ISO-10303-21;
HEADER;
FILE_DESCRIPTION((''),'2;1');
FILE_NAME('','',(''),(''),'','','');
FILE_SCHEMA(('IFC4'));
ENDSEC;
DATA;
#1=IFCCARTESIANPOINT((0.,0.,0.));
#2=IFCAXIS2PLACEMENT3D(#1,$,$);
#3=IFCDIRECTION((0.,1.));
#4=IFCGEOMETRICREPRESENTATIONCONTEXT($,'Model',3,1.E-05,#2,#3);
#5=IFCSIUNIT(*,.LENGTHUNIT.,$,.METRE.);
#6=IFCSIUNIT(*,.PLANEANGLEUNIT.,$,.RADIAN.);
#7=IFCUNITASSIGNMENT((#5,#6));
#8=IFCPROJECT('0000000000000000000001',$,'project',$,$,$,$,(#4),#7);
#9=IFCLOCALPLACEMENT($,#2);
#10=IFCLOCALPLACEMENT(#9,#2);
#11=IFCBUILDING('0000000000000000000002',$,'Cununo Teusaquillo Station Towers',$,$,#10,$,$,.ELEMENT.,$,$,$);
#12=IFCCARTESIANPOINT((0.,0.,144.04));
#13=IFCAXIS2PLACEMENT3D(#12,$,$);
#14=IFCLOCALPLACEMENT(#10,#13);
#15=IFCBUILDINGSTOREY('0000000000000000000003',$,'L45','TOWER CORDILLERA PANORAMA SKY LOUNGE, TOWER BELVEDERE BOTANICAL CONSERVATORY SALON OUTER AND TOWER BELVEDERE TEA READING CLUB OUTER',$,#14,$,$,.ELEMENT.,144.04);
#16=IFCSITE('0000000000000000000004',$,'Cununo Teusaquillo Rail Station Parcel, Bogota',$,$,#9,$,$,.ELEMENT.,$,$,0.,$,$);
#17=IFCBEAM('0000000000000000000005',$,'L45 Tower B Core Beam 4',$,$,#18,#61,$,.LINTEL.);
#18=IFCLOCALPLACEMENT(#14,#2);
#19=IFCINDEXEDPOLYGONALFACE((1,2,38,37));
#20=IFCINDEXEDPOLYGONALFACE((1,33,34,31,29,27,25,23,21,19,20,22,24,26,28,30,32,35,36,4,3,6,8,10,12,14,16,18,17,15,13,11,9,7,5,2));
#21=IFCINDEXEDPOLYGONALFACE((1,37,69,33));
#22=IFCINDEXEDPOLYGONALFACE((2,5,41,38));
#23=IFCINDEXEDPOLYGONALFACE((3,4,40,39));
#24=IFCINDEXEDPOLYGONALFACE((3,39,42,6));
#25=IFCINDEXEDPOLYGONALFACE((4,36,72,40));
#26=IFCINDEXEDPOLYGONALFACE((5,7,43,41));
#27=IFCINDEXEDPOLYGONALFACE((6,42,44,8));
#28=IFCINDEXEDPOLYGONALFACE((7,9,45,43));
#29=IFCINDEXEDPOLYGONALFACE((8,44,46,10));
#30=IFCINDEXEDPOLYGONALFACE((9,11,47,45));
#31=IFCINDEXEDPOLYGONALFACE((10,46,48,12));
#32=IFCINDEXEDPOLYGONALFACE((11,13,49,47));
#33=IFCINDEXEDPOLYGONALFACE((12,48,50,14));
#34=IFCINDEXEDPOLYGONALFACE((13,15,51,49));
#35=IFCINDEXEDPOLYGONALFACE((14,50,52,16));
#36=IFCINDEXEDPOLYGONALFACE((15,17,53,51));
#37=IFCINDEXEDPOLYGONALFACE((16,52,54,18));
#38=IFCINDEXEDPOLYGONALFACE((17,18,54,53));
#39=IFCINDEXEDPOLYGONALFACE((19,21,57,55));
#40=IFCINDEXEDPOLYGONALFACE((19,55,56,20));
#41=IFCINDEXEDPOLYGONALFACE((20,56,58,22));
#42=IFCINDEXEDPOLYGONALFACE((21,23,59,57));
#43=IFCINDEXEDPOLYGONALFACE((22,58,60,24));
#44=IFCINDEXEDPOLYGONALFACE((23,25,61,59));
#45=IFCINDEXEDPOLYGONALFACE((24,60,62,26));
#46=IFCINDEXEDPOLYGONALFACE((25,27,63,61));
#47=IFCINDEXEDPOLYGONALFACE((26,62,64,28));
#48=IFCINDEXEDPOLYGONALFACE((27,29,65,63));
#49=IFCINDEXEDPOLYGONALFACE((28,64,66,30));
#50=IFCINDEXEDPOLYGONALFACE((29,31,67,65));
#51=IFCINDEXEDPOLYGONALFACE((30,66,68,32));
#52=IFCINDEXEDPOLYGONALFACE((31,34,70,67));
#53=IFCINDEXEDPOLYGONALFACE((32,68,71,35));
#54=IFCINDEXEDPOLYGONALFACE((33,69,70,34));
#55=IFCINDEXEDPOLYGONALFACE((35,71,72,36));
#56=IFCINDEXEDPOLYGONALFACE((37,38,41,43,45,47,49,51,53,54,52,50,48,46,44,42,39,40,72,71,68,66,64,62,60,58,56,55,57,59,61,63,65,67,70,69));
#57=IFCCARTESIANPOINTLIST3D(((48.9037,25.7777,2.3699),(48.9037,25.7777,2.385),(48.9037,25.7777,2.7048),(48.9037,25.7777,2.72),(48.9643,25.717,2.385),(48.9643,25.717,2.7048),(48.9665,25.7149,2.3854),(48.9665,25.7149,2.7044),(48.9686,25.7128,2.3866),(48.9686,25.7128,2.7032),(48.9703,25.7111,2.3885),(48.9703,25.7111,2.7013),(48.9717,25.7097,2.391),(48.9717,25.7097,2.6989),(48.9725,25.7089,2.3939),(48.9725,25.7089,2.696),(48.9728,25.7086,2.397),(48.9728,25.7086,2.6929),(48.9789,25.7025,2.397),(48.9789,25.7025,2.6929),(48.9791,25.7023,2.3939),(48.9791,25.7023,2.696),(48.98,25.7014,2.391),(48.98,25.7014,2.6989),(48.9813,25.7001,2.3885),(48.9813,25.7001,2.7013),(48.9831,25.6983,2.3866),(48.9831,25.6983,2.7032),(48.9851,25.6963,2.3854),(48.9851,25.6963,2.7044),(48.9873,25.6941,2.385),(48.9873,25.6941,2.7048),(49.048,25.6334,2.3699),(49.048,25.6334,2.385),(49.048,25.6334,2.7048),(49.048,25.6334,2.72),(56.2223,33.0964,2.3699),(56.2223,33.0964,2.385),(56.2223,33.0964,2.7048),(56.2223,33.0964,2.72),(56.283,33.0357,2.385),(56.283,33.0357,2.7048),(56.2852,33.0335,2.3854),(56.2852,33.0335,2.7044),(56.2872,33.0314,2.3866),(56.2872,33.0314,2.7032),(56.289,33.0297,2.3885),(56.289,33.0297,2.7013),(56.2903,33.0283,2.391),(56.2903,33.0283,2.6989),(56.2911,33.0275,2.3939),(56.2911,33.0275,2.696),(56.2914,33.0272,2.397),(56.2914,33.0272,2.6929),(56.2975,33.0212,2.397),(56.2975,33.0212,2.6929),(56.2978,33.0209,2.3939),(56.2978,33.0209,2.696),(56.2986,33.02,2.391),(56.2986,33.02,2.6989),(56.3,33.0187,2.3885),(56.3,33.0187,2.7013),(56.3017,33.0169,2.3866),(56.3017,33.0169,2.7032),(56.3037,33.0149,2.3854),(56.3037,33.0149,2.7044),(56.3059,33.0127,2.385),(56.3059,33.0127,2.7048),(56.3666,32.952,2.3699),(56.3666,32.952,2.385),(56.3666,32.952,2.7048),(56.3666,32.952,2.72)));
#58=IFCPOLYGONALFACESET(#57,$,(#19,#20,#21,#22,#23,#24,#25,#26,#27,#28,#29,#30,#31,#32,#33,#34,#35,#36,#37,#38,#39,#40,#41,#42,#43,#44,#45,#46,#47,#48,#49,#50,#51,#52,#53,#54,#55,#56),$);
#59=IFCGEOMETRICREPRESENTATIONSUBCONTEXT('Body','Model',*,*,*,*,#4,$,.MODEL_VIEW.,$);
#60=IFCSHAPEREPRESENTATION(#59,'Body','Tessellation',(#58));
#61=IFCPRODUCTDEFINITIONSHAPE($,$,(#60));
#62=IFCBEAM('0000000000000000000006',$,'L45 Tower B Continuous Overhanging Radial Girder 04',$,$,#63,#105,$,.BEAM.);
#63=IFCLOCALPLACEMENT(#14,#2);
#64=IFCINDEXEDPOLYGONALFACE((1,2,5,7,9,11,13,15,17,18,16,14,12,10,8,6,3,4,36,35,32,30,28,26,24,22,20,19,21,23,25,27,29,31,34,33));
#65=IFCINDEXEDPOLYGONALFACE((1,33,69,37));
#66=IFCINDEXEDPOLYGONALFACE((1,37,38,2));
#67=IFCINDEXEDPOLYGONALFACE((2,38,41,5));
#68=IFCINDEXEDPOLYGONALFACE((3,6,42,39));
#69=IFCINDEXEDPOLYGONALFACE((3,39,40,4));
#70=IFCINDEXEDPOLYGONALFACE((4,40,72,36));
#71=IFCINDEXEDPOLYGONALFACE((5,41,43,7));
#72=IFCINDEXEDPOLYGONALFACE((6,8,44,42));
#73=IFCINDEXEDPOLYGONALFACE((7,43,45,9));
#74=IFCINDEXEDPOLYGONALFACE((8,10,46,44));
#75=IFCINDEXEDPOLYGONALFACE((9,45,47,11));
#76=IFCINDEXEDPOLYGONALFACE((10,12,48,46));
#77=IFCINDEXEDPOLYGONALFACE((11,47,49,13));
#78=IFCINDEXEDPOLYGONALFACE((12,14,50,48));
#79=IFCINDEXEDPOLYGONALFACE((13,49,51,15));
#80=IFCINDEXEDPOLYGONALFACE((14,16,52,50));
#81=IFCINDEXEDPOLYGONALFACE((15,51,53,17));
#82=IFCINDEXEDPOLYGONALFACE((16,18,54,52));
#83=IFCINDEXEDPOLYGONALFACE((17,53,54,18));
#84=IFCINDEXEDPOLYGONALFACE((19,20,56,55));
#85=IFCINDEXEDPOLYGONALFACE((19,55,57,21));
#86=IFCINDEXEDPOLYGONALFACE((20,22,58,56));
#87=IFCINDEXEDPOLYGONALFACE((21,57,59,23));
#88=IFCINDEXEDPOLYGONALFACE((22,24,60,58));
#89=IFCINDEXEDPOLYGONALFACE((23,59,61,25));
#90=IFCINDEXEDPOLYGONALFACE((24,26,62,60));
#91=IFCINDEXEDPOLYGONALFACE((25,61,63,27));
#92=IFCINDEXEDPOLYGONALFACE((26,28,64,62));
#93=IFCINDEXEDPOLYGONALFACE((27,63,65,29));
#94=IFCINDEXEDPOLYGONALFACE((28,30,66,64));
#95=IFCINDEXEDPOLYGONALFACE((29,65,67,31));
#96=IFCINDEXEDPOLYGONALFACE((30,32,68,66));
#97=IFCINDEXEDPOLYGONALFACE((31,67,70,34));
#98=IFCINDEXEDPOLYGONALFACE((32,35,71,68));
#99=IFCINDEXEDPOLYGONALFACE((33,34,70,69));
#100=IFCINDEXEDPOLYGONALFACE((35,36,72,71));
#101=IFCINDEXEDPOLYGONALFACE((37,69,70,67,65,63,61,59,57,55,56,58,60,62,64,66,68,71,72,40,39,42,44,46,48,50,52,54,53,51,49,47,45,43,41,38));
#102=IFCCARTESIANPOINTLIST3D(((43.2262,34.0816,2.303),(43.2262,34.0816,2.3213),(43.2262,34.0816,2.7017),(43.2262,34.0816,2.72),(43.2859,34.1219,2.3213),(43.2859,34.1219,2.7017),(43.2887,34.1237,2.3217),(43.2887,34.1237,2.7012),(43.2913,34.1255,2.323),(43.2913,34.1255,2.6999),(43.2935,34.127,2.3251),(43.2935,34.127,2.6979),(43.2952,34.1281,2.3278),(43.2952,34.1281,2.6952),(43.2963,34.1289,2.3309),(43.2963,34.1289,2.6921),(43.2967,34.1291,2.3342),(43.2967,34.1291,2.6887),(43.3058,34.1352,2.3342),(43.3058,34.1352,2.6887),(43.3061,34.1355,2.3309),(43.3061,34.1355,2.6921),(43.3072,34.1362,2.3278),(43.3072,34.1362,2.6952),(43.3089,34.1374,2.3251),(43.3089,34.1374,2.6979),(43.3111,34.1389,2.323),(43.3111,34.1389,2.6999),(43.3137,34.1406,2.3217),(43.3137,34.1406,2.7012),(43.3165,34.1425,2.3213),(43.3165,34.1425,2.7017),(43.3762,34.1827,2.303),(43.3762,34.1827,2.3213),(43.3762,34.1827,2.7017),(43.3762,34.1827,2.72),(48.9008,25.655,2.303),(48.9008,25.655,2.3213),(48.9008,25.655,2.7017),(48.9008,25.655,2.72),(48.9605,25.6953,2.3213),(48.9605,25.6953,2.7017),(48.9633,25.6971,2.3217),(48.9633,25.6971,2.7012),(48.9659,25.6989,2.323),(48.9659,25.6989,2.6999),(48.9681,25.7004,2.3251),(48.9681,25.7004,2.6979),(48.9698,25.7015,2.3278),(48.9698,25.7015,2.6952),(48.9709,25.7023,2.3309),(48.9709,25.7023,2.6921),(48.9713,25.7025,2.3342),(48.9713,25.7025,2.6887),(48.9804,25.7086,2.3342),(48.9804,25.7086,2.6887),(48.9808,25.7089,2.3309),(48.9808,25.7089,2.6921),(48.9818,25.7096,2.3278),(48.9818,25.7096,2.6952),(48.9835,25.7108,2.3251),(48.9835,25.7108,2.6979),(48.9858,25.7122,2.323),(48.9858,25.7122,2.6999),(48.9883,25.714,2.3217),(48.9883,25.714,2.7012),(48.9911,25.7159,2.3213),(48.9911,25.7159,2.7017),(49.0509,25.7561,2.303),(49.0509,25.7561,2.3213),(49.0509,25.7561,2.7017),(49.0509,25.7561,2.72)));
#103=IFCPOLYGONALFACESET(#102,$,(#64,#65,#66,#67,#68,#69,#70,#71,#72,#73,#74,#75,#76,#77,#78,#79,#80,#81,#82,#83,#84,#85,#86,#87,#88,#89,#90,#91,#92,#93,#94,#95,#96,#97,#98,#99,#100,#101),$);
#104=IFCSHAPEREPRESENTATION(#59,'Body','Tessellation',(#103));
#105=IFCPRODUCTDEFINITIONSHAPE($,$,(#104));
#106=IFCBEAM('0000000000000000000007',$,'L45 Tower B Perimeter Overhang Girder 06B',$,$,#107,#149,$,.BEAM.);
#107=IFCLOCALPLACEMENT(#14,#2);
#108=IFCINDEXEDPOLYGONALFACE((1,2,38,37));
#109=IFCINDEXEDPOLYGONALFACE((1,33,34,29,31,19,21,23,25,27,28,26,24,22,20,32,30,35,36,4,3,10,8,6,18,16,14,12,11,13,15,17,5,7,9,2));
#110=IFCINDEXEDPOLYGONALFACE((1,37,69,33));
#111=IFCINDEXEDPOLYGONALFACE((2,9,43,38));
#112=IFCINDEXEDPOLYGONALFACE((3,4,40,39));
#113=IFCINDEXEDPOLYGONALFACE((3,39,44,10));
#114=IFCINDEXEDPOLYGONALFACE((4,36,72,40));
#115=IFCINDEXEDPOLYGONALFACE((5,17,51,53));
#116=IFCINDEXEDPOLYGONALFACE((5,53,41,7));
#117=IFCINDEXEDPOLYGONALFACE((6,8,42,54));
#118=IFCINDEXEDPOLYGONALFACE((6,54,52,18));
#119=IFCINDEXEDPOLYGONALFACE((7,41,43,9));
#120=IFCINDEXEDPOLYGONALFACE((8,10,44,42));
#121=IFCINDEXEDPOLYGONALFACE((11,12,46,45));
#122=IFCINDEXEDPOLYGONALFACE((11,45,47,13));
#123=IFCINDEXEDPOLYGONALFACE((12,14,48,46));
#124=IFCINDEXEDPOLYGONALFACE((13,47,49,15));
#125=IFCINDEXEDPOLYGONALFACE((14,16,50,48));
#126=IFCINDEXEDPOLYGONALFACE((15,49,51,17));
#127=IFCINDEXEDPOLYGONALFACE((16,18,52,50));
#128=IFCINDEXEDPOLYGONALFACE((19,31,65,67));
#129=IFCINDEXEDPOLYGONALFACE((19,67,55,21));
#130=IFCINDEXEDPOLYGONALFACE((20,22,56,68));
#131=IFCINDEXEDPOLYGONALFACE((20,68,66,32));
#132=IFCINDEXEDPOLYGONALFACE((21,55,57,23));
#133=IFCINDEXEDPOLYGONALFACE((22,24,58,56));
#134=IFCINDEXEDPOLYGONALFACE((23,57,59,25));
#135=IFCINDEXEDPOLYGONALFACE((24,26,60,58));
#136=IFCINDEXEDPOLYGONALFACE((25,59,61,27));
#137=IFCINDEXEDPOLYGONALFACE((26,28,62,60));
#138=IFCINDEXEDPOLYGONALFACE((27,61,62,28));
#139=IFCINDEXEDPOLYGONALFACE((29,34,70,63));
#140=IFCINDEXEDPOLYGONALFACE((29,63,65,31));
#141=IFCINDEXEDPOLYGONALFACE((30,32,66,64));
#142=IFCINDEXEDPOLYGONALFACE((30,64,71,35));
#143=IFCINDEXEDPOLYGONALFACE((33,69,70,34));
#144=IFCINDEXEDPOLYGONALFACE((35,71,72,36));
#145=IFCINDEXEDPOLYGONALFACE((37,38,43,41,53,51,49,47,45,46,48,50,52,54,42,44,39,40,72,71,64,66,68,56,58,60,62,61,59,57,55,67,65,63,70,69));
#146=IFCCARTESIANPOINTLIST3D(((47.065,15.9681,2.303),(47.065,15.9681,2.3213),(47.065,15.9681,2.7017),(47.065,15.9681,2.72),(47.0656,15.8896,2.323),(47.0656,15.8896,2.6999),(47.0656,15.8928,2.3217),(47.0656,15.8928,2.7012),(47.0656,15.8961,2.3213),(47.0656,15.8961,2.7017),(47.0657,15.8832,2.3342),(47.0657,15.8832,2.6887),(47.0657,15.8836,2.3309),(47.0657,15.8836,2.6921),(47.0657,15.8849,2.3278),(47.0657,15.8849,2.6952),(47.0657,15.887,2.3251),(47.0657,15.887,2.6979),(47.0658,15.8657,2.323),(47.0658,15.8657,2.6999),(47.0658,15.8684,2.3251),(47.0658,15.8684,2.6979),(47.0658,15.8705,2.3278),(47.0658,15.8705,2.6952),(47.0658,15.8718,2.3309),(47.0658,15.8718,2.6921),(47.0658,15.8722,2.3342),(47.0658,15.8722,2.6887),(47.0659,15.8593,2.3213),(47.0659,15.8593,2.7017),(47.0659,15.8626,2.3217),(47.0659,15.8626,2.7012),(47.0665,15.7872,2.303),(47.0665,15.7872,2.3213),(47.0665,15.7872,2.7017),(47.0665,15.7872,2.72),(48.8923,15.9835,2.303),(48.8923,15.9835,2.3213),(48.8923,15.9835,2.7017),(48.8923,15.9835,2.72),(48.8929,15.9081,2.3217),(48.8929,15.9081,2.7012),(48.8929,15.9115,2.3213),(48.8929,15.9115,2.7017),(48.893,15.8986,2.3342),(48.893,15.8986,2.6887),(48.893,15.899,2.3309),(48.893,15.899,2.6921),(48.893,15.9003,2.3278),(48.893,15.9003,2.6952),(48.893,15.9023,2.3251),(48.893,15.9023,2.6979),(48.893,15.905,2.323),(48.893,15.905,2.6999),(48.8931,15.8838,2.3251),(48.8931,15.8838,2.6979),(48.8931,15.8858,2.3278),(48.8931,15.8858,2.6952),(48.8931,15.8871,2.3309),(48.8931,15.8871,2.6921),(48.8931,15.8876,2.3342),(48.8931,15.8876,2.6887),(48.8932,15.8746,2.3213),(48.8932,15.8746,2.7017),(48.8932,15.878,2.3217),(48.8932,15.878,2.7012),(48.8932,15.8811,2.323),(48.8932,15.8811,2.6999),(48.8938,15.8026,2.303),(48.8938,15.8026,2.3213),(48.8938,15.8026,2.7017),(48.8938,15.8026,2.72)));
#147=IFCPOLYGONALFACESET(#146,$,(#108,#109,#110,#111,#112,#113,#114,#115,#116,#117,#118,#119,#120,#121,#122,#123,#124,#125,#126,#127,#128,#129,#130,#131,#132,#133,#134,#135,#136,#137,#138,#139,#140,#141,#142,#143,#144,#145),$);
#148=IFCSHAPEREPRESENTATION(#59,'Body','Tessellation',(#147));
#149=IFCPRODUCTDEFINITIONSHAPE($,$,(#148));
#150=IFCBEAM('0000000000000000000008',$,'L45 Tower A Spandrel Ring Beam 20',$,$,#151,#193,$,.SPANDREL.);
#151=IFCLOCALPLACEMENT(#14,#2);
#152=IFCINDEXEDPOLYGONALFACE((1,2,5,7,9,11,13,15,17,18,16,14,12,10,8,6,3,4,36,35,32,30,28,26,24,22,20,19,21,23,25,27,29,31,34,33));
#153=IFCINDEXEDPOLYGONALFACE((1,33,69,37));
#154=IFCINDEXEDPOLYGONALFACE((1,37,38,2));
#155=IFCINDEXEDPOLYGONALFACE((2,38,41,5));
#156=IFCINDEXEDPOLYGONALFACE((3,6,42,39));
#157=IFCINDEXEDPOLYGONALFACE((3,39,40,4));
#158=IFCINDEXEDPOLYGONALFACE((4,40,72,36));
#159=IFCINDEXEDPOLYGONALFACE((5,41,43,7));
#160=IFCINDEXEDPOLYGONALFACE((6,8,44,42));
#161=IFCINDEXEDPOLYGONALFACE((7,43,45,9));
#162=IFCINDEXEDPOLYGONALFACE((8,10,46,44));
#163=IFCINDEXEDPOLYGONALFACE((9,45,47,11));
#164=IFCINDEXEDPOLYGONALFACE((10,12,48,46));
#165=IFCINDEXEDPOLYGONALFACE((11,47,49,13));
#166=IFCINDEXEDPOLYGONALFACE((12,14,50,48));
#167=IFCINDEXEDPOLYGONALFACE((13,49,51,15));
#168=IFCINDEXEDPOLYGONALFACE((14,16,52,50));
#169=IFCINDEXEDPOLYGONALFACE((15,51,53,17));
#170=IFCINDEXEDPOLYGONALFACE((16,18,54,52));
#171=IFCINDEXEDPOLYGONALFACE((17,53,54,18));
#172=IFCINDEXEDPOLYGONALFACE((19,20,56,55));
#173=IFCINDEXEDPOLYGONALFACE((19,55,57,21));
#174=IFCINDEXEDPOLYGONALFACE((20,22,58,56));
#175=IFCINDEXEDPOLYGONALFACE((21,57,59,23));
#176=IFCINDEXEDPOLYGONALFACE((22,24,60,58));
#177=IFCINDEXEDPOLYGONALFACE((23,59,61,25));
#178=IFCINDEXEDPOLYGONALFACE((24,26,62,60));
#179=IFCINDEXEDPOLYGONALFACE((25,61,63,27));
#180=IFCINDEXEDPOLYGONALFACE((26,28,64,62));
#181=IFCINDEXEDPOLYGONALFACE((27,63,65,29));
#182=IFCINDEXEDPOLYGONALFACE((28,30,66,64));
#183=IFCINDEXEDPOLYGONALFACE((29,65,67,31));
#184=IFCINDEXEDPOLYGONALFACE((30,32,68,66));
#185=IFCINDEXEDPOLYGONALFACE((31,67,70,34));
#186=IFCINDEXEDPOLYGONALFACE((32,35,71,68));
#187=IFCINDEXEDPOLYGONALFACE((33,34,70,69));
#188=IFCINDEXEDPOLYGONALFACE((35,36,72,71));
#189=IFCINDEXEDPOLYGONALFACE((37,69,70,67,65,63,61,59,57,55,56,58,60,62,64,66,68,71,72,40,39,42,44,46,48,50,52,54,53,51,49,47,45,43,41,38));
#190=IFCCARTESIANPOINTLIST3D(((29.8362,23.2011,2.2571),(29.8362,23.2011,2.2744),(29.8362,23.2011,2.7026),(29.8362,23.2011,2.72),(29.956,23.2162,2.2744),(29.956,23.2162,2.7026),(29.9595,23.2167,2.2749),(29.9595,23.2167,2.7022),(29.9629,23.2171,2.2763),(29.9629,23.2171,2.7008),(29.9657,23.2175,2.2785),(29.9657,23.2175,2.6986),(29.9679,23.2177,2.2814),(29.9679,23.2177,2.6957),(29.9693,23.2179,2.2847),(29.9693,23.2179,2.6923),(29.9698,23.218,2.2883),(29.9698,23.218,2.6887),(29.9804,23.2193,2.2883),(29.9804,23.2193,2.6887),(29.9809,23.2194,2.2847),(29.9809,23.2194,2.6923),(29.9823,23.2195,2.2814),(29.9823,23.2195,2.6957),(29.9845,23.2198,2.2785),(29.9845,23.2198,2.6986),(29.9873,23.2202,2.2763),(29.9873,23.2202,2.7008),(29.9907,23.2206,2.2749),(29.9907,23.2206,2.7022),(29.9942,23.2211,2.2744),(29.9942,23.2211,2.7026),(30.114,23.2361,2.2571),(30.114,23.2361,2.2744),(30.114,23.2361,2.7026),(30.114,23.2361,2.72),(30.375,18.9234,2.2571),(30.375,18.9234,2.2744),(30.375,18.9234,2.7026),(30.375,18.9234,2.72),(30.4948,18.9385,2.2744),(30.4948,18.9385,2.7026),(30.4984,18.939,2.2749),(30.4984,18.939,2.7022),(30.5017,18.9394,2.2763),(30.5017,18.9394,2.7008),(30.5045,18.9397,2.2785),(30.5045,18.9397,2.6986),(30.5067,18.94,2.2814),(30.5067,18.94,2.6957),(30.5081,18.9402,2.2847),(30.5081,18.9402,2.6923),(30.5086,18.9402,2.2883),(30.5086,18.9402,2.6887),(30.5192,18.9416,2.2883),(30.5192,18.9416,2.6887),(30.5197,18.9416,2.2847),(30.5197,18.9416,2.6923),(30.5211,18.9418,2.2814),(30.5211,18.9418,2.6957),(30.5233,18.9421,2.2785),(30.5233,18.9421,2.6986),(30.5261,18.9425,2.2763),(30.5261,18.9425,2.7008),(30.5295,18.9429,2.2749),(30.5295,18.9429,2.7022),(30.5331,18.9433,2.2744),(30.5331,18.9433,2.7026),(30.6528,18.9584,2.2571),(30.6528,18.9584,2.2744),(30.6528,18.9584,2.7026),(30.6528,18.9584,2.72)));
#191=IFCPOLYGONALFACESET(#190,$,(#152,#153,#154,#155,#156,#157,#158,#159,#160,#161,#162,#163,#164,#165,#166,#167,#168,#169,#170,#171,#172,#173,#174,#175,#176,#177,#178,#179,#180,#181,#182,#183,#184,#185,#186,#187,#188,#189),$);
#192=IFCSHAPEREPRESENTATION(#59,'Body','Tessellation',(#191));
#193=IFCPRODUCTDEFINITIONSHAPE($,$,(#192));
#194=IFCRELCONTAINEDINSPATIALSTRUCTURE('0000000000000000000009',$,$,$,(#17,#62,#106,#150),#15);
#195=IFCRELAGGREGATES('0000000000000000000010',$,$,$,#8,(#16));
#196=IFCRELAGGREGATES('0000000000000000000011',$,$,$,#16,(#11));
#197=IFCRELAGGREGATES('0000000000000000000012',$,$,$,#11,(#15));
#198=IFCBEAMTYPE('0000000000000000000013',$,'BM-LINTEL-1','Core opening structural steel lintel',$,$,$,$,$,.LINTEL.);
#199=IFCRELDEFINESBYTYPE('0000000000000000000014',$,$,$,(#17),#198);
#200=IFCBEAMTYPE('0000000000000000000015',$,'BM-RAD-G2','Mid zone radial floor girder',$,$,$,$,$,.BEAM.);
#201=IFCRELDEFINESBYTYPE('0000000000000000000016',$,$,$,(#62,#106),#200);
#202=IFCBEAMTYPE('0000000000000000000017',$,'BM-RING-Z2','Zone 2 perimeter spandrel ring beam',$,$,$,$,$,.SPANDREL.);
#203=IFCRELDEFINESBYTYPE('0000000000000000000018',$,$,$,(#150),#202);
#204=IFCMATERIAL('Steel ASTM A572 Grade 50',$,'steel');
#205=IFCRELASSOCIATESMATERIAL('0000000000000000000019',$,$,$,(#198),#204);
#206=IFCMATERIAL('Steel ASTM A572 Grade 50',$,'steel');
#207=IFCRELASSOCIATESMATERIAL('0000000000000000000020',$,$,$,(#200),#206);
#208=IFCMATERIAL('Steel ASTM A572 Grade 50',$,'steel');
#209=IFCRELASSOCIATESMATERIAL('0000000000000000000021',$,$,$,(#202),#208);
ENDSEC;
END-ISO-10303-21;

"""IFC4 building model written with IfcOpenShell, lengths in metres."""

from ifc_helpers import new_model, si_unit, direction, frame, origin, origin_2d, place, context, subcontext, project, spatial, i_section, extrude, material, material_profile, profile_set, type_object, element, save


model = new_model("IFC4")

# Units and contexts
model_context = context("Model", 3, precision=1e-05, world=origin(), true_north=direction((0.0, 1.0)))
body_context = subcontext(model_context, "Body", "Model", "MODEL_VIEW")
ifc_project = project(units=[si_unit("LENGTHUNIT", "METRE"), si_unit("PLANEANGLEUNIT", "RADIAN")], contexts=[model_context])

# Site, building, storey
site_placement = place(None, origin())
site = spatial("IfcSite", under=ifc_project, at=site_placement, Name="Cununo Teusaquillo Rail Station Parcel, Bogota", CompositionType="ELEMENT", RefElevation=0.0)
building_placement = place(site_placement, origin())
building = spatial("IfcBuilding", under=site, at=building_placement, Name="Cununo Teusaquillo Station Towers", CompositionType="ELEMENT")
storey_placement = place(building_placement, frame((0.0, 0.0, 144.04)))
storey = spatial("IfcBuildingStorey", under=building, at=storey_placement, Name="L45", Description="TOWER CORDILLERA PANORAMA SKY LOUNGE, TOWER BELVEDERE BOTANICAL CONSERVATORY SALON OUTER AND TOWER BELVEDERE TEA READING CLUB OUTER", CompositionType="ELEMENT", Elevation=144.04)

# Beams
ifc_material_1 = material(Name="Steel ASTM A572 Grade 50", Category="steel")
ifc_material_profile_1 = material_profile(ifc_material_1, i_section(OverallWidth=0.2041, OverallDepth=0.3501, WebThickness=0.0085, FlangeThickness=0.0151, FilletRadius=0.012, at=origin_2d()), Name="W14X48")
ifc_profile_set_1 = profile_set([ifc_material_profile_1], Name="Steel ASTM A572 Grade 50")
beam_type_1 = type_object("IfcBeamType", Name="BM-LINTEL-1", Description="Core opening structural steel lintel", PredefinedType="LINTEL", material=ifc_profile_set_1)
beam_1_placement = place(storey_placement, frame((48.9758, 25.7056, 2.5449), z_axis=(0.707107, 0.707107, 0.0), x_axis=(-0.707107, 0.707107, 0.0)))
element("IfcBeam", 1, at=beam_1_placement, inside=storey, type_object=beam_type_1, Name="L45 Tower B Core Beam 4", PredefinedType="LINTEL", context=body_context, shape_type="SweptSolid", body=[
    extrude(i_section(OverallWidth=0.2041, OverallDepth=0.3501, WebThickness=0.0085, FlangeThickness=0.0151, FilletRadius=0.012, at=origin_2d()), origin(), (0.0, 0.0, 1.0), 10.3501),
])
ifc_material_2 = material(Name="Steel ASTM A572 Grade 50", Category="steel")
ifc_material_profile_2 = material_profile(ifc_material_2, i_section(OverallWidth=0.1809, OverallDepth=0.417, WebThickness=0.011, FlangeThickness=0.0183, FilletRadius=0.0129, at=origin_2d()), Name="W16X57")
ifc_profile_set_2 = profile_set([ifc_material_profile_2], Name="Steel ASTM A572 Grade 50")
beam_type_2 = type_object("IfcBeamType", Name="BM-RAD-G2", Description="Mid zone radial floor girder", PredefinedType="BEAM", material=ifc_profile_set_2)
beam_2_placement = place(storey_placement, frame((48.9758, 25.7056, 2.5115), z_axis=(-0.558571, 0.829457, 0.0), x_axis=(-0.829457, -0.558571, 0.0)))
element("IfcBeam", 2, at=beam_2_placement, inside=storey, type_object=beam_type_2, Name="L45 Tower B Continuous Overhanging Radial Girder 04", PredefinedType="BEAM", context=body_context, shape_type="SweptSolid", body=[
    extrude(i_section(OverallWidth=0.1809, OverallDepth=0.417, WebThickness=0.011, FlangeThickness=0.0183, FilletRadius=0.0129, at=origin_2d()), origin(), (0.0, 0.0, 1.0), 10.1592),
])
beam_3_placement = place(storey_placement, frame((48.8931, 15.8931, 2.5115), z_axis=(-0.999965, -0.008417, 0.0), x_axis=(0.008417, -0.999965, 0.0)))
element("IfcBeam", 3, at=beam_3_placement, inside=storey, type_object=beam_type_2, Name="L45 Tower B Perimeter Overhang Girder 06B", PredefinedType="BEAM", context=body_context, shape_type="SweptSolid", body=[
    extrude(i_section(OverallWidth=0.1809, OverallDepth=0.417, WebThickness=0.011, FlangeThickness=0.0183, FilletRadius=0.0129, at=origin_2d()), origin(), (0.0, 0.0, 1.0), 1.8274),
])
ifc_material_3 = material(Name="Steel ASTM A572 Grade 50", Category="steel")
ifc_material_profile_3 = material_profile(ifc_material_3, i_section(OverallWidth=0.28, OverallDepth=0.4629, WebThickness=0.0107, FlangeThickness=0.0173, FilletRadius=0.0139, at=origin_2d()), Name="W18X76")
ifc_profile_set_3 = profile_set([ifc_material_profile_3], Name="Steel ASTM A572 Grade 50")
beam_type_3 = type_object("IfcBeamType", Name="BM-RING-Z2", Description="Zone 2 perimeter spandrel ring beam", PredefinedType="SPANDREL", material=ifc_profile_set_3)
beam_4_placement = place(storey_placement, frame((30.5139, 18.9409, 2.4885), z_axis=(-0.124969, 0.992161, 0.0), x_axis=(-0.992161, -0.124969, 0.0)))
element("IfcBeam", 4, at=beam_4_placement, inside=storey, type_object=beam_type_3, Name="L45 Tower A Spandrel Ring Beam 20", PredefinedType="SPANDREL", context=body_context, shape_type="SweptSolid", body=[
    extrude(i_section(OverallWidth=0.28, OverallDepth=0.4629, WebThickness=0.0107, FlangeThickness=0.0173, FilletRadius=0.0139, at=origin_2d()), origin(), (0.0, 0.0, 1.0), 4.3115),
])

save(model, "model.ifc")
